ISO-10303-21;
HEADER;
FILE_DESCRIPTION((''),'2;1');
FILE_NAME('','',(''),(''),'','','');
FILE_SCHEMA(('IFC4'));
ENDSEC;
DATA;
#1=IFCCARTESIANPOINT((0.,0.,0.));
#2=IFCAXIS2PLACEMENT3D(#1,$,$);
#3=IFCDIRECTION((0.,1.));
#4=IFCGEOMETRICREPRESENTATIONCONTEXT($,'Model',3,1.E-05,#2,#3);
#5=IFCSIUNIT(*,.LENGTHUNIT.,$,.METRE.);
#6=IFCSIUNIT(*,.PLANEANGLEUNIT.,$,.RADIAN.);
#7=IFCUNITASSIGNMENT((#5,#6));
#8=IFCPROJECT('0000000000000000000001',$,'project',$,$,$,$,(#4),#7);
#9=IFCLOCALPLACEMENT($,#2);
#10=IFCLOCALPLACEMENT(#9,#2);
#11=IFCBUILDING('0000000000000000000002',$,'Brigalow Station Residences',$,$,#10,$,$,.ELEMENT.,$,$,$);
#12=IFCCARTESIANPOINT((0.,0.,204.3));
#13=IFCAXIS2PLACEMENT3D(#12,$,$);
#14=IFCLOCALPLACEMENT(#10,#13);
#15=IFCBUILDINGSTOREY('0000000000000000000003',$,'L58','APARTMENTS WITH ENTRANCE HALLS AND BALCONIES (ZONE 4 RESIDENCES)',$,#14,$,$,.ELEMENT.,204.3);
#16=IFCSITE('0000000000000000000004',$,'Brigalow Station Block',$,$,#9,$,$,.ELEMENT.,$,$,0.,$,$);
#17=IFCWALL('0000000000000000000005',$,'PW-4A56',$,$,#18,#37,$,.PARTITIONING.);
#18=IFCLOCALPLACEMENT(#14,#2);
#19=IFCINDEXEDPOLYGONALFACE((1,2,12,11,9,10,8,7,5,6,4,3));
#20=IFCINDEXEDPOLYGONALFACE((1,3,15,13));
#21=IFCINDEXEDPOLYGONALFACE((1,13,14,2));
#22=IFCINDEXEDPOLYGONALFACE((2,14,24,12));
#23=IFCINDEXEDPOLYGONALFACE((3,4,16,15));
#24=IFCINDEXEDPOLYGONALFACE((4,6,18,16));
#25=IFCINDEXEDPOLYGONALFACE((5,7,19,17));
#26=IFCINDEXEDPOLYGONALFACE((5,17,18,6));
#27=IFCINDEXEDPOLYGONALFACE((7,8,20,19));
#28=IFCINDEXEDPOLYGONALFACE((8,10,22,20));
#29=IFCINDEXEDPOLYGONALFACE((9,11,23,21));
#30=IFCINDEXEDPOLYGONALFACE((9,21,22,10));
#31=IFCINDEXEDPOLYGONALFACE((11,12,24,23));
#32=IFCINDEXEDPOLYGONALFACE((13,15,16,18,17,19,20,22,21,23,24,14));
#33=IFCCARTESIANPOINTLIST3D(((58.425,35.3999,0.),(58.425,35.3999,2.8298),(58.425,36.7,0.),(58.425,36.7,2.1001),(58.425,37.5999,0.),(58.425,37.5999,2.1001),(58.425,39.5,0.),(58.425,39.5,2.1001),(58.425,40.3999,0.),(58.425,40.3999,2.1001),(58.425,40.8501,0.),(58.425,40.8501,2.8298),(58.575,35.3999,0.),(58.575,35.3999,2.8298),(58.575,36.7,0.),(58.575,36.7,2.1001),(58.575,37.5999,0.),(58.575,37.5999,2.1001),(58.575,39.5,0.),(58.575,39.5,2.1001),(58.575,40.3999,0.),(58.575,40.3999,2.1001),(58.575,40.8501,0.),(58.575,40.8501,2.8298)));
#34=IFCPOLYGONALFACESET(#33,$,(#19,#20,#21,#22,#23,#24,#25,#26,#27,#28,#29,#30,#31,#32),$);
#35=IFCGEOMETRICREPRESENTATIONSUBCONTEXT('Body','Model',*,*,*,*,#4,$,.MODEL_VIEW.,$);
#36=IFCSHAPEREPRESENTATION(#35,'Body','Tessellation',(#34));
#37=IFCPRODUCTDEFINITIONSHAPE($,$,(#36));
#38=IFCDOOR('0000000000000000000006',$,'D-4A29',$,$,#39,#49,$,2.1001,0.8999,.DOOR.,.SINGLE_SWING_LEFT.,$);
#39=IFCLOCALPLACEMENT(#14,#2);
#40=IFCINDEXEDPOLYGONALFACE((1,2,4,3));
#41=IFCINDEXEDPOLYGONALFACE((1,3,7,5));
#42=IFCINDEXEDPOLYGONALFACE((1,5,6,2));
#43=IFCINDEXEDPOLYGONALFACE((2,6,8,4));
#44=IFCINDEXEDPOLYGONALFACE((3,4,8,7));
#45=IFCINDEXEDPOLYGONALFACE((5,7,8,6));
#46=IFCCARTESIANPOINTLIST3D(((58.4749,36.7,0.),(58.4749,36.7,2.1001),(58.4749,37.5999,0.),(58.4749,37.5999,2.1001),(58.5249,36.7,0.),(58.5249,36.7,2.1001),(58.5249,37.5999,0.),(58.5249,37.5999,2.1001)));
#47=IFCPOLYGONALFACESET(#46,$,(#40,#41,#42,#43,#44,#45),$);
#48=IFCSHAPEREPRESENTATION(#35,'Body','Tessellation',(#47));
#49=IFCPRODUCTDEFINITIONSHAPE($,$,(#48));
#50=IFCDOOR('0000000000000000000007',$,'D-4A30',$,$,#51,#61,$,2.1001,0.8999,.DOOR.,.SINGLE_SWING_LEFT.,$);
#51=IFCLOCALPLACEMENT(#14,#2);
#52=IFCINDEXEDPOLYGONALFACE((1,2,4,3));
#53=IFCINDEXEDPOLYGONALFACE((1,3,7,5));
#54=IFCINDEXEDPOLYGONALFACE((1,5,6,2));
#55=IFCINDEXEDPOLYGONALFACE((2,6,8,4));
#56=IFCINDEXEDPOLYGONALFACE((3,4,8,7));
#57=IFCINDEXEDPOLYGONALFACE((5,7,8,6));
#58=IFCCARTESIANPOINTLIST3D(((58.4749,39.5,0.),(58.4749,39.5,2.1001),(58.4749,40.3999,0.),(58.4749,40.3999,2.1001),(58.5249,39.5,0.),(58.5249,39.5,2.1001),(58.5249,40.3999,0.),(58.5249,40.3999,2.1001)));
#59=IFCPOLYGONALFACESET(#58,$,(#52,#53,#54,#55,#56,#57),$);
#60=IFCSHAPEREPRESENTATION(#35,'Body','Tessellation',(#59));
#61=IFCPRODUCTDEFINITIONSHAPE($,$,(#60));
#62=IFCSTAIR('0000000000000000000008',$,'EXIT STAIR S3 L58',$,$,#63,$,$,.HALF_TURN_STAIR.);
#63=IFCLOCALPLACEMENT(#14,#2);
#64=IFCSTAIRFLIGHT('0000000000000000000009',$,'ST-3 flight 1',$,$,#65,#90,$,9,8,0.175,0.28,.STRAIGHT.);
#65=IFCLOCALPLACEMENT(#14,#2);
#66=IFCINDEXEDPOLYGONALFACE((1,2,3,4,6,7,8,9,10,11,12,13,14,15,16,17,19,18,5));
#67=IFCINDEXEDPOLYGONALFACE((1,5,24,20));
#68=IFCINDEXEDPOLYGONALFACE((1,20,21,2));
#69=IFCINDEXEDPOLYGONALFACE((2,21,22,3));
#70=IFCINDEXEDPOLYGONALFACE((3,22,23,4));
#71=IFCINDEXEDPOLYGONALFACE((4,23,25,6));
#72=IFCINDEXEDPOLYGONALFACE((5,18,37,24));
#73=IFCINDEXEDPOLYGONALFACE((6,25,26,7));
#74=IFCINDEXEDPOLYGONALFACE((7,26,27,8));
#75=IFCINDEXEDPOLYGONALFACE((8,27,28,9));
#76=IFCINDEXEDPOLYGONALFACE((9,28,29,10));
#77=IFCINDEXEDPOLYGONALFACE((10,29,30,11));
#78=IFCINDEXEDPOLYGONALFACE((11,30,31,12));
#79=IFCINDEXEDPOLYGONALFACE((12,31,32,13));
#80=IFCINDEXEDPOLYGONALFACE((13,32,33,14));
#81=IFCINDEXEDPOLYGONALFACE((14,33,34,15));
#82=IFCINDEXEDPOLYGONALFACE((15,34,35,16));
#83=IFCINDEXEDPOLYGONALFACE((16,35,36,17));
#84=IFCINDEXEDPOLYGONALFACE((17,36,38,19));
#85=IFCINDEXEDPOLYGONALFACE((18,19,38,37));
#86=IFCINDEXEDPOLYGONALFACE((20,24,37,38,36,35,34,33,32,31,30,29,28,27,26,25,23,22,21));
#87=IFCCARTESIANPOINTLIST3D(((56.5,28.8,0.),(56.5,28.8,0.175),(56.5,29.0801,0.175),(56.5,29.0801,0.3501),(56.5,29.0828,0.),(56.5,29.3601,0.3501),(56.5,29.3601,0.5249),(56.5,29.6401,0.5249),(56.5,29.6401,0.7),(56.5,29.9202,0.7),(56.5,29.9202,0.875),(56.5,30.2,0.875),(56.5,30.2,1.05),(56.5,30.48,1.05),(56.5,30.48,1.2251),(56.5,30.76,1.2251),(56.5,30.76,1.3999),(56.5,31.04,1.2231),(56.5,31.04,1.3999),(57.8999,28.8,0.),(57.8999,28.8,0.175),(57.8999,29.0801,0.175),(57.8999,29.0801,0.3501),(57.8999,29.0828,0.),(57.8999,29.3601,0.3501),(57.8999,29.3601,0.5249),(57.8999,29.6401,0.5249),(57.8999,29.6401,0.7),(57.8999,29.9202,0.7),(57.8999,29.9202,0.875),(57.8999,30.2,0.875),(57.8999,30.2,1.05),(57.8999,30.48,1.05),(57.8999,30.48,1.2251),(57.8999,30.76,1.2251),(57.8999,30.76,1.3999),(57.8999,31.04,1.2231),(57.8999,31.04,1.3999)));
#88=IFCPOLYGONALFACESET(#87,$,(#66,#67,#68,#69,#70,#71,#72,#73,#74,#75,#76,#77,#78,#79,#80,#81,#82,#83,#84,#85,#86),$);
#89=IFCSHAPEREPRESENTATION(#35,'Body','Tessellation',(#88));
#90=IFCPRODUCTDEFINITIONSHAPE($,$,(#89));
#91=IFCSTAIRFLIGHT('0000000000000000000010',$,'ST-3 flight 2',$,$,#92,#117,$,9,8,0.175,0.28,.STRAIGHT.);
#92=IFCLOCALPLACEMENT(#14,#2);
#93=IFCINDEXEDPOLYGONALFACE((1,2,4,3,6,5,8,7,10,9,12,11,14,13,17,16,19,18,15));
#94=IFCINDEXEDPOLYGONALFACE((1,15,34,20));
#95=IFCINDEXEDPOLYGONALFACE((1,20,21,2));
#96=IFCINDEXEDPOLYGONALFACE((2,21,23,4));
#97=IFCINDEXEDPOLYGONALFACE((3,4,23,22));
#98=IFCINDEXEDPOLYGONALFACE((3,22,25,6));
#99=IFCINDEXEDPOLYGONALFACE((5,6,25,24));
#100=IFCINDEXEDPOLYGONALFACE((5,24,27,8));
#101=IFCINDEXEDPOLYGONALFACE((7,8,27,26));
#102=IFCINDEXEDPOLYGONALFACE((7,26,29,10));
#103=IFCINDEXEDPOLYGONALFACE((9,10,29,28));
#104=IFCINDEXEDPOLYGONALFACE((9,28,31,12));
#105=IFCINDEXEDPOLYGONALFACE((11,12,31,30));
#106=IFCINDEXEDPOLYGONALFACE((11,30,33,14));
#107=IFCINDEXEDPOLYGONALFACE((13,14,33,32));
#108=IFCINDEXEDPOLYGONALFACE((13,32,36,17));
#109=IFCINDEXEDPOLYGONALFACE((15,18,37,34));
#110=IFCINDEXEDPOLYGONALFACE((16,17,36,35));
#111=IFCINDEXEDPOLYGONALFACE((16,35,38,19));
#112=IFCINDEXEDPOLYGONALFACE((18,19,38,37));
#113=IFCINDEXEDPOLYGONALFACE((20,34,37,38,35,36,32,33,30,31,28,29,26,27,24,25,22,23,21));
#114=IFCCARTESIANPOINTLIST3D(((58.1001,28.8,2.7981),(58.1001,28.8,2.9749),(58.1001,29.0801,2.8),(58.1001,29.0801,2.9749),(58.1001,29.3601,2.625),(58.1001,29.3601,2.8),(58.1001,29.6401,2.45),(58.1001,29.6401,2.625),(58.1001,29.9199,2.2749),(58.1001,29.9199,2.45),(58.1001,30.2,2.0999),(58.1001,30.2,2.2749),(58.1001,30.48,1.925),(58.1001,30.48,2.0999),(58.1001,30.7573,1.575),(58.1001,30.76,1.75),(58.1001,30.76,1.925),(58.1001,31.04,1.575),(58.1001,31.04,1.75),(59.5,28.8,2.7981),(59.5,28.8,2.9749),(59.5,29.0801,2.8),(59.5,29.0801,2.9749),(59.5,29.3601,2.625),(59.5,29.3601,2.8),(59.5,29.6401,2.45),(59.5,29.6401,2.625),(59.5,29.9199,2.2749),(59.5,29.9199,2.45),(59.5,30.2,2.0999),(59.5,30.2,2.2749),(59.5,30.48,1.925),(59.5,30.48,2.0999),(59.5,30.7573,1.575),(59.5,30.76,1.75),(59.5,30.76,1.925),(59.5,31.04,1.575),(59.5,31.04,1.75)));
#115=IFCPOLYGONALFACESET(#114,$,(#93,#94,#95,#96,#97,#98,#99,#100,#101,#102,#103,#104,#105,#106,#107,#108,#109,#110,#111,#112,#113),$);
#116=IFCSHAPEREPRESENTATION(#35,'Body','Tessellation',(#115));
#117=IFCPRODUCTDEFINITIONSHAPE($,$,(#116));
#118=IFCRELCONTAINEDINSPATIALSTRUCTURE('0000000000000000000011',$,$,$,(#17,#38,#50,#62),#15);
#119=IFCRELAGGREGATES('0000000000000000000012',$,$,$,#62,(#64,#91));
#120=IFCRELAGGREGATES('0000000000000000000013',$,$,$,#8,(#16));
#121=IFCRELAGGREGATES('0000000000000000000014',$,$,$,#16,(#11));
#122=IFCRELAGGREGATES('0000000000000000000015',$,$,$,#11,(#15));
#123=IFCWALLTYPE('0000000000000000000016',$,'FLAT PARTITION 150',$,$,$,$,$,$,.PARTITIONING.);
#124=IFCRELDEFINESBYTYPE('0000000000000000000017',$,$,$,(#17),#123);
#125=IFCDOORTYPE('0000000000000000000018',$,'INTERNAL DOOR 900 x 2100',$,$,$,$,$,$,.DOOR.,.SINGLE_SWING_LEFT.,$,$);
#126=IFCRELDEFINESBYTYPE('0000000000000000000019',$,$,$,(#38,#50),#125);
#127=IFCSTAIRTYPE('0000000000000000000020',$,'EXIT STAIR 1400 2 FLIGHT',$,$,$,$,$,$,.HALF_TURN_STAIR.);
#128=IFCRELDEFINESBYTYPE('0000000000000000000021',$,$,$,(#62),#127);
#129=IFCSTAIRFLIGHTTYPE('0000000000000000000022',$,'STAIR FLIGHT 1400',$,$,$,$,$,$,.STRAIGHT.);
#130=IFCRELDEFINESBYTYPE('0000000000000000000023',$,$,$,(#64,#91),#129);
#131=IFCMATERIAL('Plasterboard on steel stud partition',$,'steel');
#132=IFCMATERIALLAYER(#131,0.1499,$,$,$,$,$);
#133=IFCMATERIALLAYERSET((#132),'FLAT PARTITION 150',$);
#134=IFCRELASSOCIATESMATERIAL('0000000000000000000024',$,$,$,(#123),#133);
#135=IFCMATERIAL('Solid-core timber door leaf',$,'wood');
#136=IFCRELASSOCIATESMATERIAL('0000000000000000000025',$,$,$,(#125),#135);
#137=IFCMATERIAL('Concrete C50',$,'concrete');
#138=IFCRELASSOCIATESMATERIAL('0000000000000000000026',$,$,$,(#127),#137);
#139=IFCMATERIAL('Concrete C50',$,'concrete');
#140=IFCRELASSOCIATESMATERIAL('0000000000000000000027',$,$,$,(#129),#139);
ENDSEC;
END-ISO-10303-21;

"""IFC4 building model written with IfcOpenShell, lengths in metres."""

from ifc_helpers import new_model, si_unit, direction, frame, frame_2d, origin, place, context, subcontext, project, spatial, polyline, rectangle, outline, extrude, material, layer, layer_set, type_object, element, fill, aggregate, save


model = new_model("IFC4")

# Units and contexts
model_context = context("Model", 3, precision=1e-05, world=origin(), true_north=direction((0.0, 1.0)))
body_context = subcontext(model_context, "Body", "Model", "MODEL_VIEW")
ifc_project = project(units=[si_unit("LENGTHUNIT", "METRE"), si_unit("PLANEANGLEUNIT", "RADIAN")], contexts=[model_context])

# Site, building, storey
site_placement = place(None, origin())
site = spatial("IfcSite", under=ifc_project, at=site_placement, Name="Brigalow Station Block", CompositionType="ELEMENT", RefElevation=0.0)
building_placement = place(site_placement, origin())
building = spatial("IfcBuilding", under=site, at=building_placement, Name="Brigalow Station Residences", CompositionType="ELEMENT")
storey_placement = place(building_placement, frame((0.0, 0.0, 204.3)))
storey = spatial("IfcBuildingStorey", under=building, at=storey_placement, Name="L58", Description="APARTMENTS WITH ENTRANCE HALLS AND BALCONIES (ZONE 4 RESIDENCES)", CompositionType="ELEMENT", Elevation=204.3)

# Wall, openings, doors
ifc_material_1 = material(Name="Plasterboard on steel stud partition", Category="steel")
ifc_layer_1 = layer(ifc_material_1, 0.1499)
ifc_layer_set_1 = layer_set([ifc_layer_1], Name="FLAT PARTITION 150")
wall_type_1 = type_object("IfcWallType", Name="FLAT PARTITION 150", PredefinedType="PARTITIONING", material=ifc_layer_set_1)
ifc_material_2 = material(Name="Solid-core timber door leaf", Category="wood")
door_type_1 = type_object("IfcDoorType", Name="INTERNAL DOOR 900 x 2100", OperationType="SINGLE_SWING_LEFT", PredefinedType="DOOR", material=ifc_material_2)
wall_1_placement = place(storey_placement, frame((58.5, 35.3999, 0.0), z_axis=(0.0, 0.0, 1.0), x_axis=(0.0, 1.0, 0.0)))
wall_1 = element("IfcWall", 1, at=wall_1_placement, inside=storey, type_object=wall_type_1, Name="PW-4A56", PredefinedType="PARTITIONING", context=body_context, shape_type="SweptSolid", body=[
    extrude(rectangle(XDim=5.4502, YDim=0.1499, at=frame_2d((2.7251, 0.0))), origin(), (0.0, 0.0, 1.0), 2.8298),
])
opening_1_placement = place(wall_1_placement, frame((1.3, 0.0, 0.0)))
opening_1 = element("IfcOpeningElement", 2, at=opening_1_placement, cuts=wall_1, PredefinedType="OPENING", context=body_context, shape_type="SweptSolid", body=[
    extrude(rectangle(XDim=0.8999, YDim=2.1001, at=frame_2d((0.45, 1.05))), frame((0.0, 0.085, 0.0), z_axis=(0.0, -1.0, 0.0), x_axis=(1.0, 0.0, 0.0)), (0.0, 0.0, 1.0), 0.1699),
])
opening_2_placement = place(wall_1_placement, frame((4.1001, 0.0, 0.0)))
opening_2 = element("IfcOpeningElement", 3, at=opening_2_placement, cuts=wall_1, PredefinedType="OPENING", context=body_context, shape_type="SweptSolid", body=[
    extrude(rectangle(XDim=0.8999, YDim=2.1001, at=frame_2d((0.45, 1.05))), frame((0.0, 0.085, 0.0), z_axis=(0.0, -1.0, 0.0), x_axis=(1.0, 0.0, 0.0)), (0.0, 0.0, 1.0), 0.1699),
])
door_1_placement = place(opening_1_placement, frame((0.8999, 0.0, 0.0), z_axis=(0.0, 0.0, 1.0), x_axis=(-1.0, 0.0, 0.0)))
door_1 = element("IfcDoor", 4, at=door_1_placement, inside=storey, type_object=door_type_1, Name="D-4A29", OperationType="SINGLE_SWING_LEFT", OverallHeight=2.1001, OverallWidth=0.8999, PredefinedType="DOOR", context=body_context, shape_type="SweptSolid", body=[
    extrude(rectangle(XDim=0.8999, YDim=2.1001, at=frame_2d((0.45, 1.05))), frame((0.0, 0.0249, 0.0), z_axis=(0.0, -1.0, 0.0), x_axis=(1.0, 0.0, 0.0)), (0.0, 0.0, 1.0), 0.05),
])
fill(opening_1, door_1)
door_2_placement = place(opening_2_placement, frame((0.8999, 0.0, 0.0), z_axis=(0.0, 0.0, 1.0), x_axis=(-1.0, 0.0, 0.0)))
door_2 = element("IfcDoor", 5, at=door_2_placement, inside=storey, type_object=door_type_1, Name="D-4A30", OperationType="SINGLE_SWING_LEFT", OverallHeight=2.1001, OverallWidth=0.8999, PredefinedType="DOOR", context=body_context, shape_type="SweptSolid", body=[
    extrude(rectangle(XDim=0.8999, YDim=2.1001, at=frame_2d((0.45, 1.05))), frame((0.0, 0.0249, 0.0), z_axis=(0.0, -1.0, 0.0), x_axis=(1.0, 0.0, 0.0)), (0.0, 0.0, 1.0), 0.05),
])
fill(opening_2, door_2)

# Stair, stair flights
ifc_material_3 = material(Name="Concrete C50", Category="concrete")
stair_type = type_object("IfcStairType", Name="EXIT STAIR 1400 2 FLIGHT", PredefinedType="HALF_TURN_STAIR", material=ifc_material_3)
stair_placement = place(storey_placement, origin())
stair = element("IfcStair", 6, at=stair_placement, inside=storey, type_object=stair_type, Name="EXIT STAIR S3 L58", PredefinedType="HALF_TURN_STAIR")
ifc_material_4 = material(Name="Concrete C50", Category="concrete")
stair_flight_type = type_object("IfcStairFlightType", Name="STAIR FLIGHT 1400", PredefinedType="STRAIGHT", material=ifc_material_4)
stair_flight_1_placement = place(storey_placement, frame((57.2, 28.8, 0.0), z_axis=(0.0, 0.0, 1.0), x_axis=(0.0, 1.0, 0.0)))
stair_flight_1 = element("IfcStairFlight", 7, at=stair_flight_1_placement, type_object=stair_flight_type, Name="ST-3 flight 1", NumberOfRisers=9, NumberOfTreads=8, PredefinedType="STRAIGHT", RiserHeight=0.175, TreadLength=0.28, context=body_context, shape_type="SweptSolid", body=[
    extrude(outline(polyline([(0.0, 0.0), (0.0, 0.175), (0.28, 0.175), (0.28, 0.3501), (0.5601, 0.3501), (0.5601, 0.5249), (0.8401, 0.5249), (0.8401, 0.7), (1.1201, 0.7), (1.1201, 0.875), (1.3999, 0.875), (1.3999, 1.05), (1.6799, 1.05), (1.6799, 1.2251), (1.96, 1.2251), (1.96, 1.3999), (2.24, 1.3999), (2.24, 1.575), (2.24, 1.2231), (0.2827, 0.0), (0.0, 0.0)])), frame((0.0, 0.7, 0.0), z_axis=(0.0, -1.0, 0.0), x_axis=(1.0, 0.0, 0.0)), (0.0, 0.0, 1.0), 1.3999),
])
stair_flight_2_placement = place(storey_placement, frame((58.8, 31.04, 1.575), z_axis=(0.0, 0.0, 1.0), x_axis=(0.0, -1.0, 0.0)))
stair_flight_2 = element("IfcStairFlight", 8, at=stair_flight_2_placement, type_object=stair_flight_type, Name="ST-3 flight 2", NumberOfRisers=9, NumberOfTreads=8, PredefinedType="STRAIGHT", RiserHeight=0.175, TreadLength=0.28, context=body_context, shape_type="SweptSolid", body=[
    extrude(outline(polyline([(0.0, 0.0), (0.0, 0.175), (0.28, 0.175), (0.28, 0.3501), (0.5601, 0.3501), (0.5601, 0.5249), (0.8401, 0.5249), (0.8401, 0.7), (1.1201, 0.7), (1.1201, 0.875), (1.3999, 0.875), (1.3999, 1.05), (1.6799, 1.05), (1.6799, 1.2251), (1.96, 1.2251), (1.96, 1.3999), (2.24, 1.3999), (2.24, 1.575), (2.24, 1.2231), (0.2827, 0.0), (0.0, 0.0)])), frame((0.0, 0.7, 0.0), z_axis=(0.0, -1.0, 0.0), x_axis=(1.0, 0.0, 0.0)), (0.0, 0.0, 1.0), 1.3999),
])
aggregate(stair, [stair_flight_1, stair_flight_2])

save(model, "model.ifc")
